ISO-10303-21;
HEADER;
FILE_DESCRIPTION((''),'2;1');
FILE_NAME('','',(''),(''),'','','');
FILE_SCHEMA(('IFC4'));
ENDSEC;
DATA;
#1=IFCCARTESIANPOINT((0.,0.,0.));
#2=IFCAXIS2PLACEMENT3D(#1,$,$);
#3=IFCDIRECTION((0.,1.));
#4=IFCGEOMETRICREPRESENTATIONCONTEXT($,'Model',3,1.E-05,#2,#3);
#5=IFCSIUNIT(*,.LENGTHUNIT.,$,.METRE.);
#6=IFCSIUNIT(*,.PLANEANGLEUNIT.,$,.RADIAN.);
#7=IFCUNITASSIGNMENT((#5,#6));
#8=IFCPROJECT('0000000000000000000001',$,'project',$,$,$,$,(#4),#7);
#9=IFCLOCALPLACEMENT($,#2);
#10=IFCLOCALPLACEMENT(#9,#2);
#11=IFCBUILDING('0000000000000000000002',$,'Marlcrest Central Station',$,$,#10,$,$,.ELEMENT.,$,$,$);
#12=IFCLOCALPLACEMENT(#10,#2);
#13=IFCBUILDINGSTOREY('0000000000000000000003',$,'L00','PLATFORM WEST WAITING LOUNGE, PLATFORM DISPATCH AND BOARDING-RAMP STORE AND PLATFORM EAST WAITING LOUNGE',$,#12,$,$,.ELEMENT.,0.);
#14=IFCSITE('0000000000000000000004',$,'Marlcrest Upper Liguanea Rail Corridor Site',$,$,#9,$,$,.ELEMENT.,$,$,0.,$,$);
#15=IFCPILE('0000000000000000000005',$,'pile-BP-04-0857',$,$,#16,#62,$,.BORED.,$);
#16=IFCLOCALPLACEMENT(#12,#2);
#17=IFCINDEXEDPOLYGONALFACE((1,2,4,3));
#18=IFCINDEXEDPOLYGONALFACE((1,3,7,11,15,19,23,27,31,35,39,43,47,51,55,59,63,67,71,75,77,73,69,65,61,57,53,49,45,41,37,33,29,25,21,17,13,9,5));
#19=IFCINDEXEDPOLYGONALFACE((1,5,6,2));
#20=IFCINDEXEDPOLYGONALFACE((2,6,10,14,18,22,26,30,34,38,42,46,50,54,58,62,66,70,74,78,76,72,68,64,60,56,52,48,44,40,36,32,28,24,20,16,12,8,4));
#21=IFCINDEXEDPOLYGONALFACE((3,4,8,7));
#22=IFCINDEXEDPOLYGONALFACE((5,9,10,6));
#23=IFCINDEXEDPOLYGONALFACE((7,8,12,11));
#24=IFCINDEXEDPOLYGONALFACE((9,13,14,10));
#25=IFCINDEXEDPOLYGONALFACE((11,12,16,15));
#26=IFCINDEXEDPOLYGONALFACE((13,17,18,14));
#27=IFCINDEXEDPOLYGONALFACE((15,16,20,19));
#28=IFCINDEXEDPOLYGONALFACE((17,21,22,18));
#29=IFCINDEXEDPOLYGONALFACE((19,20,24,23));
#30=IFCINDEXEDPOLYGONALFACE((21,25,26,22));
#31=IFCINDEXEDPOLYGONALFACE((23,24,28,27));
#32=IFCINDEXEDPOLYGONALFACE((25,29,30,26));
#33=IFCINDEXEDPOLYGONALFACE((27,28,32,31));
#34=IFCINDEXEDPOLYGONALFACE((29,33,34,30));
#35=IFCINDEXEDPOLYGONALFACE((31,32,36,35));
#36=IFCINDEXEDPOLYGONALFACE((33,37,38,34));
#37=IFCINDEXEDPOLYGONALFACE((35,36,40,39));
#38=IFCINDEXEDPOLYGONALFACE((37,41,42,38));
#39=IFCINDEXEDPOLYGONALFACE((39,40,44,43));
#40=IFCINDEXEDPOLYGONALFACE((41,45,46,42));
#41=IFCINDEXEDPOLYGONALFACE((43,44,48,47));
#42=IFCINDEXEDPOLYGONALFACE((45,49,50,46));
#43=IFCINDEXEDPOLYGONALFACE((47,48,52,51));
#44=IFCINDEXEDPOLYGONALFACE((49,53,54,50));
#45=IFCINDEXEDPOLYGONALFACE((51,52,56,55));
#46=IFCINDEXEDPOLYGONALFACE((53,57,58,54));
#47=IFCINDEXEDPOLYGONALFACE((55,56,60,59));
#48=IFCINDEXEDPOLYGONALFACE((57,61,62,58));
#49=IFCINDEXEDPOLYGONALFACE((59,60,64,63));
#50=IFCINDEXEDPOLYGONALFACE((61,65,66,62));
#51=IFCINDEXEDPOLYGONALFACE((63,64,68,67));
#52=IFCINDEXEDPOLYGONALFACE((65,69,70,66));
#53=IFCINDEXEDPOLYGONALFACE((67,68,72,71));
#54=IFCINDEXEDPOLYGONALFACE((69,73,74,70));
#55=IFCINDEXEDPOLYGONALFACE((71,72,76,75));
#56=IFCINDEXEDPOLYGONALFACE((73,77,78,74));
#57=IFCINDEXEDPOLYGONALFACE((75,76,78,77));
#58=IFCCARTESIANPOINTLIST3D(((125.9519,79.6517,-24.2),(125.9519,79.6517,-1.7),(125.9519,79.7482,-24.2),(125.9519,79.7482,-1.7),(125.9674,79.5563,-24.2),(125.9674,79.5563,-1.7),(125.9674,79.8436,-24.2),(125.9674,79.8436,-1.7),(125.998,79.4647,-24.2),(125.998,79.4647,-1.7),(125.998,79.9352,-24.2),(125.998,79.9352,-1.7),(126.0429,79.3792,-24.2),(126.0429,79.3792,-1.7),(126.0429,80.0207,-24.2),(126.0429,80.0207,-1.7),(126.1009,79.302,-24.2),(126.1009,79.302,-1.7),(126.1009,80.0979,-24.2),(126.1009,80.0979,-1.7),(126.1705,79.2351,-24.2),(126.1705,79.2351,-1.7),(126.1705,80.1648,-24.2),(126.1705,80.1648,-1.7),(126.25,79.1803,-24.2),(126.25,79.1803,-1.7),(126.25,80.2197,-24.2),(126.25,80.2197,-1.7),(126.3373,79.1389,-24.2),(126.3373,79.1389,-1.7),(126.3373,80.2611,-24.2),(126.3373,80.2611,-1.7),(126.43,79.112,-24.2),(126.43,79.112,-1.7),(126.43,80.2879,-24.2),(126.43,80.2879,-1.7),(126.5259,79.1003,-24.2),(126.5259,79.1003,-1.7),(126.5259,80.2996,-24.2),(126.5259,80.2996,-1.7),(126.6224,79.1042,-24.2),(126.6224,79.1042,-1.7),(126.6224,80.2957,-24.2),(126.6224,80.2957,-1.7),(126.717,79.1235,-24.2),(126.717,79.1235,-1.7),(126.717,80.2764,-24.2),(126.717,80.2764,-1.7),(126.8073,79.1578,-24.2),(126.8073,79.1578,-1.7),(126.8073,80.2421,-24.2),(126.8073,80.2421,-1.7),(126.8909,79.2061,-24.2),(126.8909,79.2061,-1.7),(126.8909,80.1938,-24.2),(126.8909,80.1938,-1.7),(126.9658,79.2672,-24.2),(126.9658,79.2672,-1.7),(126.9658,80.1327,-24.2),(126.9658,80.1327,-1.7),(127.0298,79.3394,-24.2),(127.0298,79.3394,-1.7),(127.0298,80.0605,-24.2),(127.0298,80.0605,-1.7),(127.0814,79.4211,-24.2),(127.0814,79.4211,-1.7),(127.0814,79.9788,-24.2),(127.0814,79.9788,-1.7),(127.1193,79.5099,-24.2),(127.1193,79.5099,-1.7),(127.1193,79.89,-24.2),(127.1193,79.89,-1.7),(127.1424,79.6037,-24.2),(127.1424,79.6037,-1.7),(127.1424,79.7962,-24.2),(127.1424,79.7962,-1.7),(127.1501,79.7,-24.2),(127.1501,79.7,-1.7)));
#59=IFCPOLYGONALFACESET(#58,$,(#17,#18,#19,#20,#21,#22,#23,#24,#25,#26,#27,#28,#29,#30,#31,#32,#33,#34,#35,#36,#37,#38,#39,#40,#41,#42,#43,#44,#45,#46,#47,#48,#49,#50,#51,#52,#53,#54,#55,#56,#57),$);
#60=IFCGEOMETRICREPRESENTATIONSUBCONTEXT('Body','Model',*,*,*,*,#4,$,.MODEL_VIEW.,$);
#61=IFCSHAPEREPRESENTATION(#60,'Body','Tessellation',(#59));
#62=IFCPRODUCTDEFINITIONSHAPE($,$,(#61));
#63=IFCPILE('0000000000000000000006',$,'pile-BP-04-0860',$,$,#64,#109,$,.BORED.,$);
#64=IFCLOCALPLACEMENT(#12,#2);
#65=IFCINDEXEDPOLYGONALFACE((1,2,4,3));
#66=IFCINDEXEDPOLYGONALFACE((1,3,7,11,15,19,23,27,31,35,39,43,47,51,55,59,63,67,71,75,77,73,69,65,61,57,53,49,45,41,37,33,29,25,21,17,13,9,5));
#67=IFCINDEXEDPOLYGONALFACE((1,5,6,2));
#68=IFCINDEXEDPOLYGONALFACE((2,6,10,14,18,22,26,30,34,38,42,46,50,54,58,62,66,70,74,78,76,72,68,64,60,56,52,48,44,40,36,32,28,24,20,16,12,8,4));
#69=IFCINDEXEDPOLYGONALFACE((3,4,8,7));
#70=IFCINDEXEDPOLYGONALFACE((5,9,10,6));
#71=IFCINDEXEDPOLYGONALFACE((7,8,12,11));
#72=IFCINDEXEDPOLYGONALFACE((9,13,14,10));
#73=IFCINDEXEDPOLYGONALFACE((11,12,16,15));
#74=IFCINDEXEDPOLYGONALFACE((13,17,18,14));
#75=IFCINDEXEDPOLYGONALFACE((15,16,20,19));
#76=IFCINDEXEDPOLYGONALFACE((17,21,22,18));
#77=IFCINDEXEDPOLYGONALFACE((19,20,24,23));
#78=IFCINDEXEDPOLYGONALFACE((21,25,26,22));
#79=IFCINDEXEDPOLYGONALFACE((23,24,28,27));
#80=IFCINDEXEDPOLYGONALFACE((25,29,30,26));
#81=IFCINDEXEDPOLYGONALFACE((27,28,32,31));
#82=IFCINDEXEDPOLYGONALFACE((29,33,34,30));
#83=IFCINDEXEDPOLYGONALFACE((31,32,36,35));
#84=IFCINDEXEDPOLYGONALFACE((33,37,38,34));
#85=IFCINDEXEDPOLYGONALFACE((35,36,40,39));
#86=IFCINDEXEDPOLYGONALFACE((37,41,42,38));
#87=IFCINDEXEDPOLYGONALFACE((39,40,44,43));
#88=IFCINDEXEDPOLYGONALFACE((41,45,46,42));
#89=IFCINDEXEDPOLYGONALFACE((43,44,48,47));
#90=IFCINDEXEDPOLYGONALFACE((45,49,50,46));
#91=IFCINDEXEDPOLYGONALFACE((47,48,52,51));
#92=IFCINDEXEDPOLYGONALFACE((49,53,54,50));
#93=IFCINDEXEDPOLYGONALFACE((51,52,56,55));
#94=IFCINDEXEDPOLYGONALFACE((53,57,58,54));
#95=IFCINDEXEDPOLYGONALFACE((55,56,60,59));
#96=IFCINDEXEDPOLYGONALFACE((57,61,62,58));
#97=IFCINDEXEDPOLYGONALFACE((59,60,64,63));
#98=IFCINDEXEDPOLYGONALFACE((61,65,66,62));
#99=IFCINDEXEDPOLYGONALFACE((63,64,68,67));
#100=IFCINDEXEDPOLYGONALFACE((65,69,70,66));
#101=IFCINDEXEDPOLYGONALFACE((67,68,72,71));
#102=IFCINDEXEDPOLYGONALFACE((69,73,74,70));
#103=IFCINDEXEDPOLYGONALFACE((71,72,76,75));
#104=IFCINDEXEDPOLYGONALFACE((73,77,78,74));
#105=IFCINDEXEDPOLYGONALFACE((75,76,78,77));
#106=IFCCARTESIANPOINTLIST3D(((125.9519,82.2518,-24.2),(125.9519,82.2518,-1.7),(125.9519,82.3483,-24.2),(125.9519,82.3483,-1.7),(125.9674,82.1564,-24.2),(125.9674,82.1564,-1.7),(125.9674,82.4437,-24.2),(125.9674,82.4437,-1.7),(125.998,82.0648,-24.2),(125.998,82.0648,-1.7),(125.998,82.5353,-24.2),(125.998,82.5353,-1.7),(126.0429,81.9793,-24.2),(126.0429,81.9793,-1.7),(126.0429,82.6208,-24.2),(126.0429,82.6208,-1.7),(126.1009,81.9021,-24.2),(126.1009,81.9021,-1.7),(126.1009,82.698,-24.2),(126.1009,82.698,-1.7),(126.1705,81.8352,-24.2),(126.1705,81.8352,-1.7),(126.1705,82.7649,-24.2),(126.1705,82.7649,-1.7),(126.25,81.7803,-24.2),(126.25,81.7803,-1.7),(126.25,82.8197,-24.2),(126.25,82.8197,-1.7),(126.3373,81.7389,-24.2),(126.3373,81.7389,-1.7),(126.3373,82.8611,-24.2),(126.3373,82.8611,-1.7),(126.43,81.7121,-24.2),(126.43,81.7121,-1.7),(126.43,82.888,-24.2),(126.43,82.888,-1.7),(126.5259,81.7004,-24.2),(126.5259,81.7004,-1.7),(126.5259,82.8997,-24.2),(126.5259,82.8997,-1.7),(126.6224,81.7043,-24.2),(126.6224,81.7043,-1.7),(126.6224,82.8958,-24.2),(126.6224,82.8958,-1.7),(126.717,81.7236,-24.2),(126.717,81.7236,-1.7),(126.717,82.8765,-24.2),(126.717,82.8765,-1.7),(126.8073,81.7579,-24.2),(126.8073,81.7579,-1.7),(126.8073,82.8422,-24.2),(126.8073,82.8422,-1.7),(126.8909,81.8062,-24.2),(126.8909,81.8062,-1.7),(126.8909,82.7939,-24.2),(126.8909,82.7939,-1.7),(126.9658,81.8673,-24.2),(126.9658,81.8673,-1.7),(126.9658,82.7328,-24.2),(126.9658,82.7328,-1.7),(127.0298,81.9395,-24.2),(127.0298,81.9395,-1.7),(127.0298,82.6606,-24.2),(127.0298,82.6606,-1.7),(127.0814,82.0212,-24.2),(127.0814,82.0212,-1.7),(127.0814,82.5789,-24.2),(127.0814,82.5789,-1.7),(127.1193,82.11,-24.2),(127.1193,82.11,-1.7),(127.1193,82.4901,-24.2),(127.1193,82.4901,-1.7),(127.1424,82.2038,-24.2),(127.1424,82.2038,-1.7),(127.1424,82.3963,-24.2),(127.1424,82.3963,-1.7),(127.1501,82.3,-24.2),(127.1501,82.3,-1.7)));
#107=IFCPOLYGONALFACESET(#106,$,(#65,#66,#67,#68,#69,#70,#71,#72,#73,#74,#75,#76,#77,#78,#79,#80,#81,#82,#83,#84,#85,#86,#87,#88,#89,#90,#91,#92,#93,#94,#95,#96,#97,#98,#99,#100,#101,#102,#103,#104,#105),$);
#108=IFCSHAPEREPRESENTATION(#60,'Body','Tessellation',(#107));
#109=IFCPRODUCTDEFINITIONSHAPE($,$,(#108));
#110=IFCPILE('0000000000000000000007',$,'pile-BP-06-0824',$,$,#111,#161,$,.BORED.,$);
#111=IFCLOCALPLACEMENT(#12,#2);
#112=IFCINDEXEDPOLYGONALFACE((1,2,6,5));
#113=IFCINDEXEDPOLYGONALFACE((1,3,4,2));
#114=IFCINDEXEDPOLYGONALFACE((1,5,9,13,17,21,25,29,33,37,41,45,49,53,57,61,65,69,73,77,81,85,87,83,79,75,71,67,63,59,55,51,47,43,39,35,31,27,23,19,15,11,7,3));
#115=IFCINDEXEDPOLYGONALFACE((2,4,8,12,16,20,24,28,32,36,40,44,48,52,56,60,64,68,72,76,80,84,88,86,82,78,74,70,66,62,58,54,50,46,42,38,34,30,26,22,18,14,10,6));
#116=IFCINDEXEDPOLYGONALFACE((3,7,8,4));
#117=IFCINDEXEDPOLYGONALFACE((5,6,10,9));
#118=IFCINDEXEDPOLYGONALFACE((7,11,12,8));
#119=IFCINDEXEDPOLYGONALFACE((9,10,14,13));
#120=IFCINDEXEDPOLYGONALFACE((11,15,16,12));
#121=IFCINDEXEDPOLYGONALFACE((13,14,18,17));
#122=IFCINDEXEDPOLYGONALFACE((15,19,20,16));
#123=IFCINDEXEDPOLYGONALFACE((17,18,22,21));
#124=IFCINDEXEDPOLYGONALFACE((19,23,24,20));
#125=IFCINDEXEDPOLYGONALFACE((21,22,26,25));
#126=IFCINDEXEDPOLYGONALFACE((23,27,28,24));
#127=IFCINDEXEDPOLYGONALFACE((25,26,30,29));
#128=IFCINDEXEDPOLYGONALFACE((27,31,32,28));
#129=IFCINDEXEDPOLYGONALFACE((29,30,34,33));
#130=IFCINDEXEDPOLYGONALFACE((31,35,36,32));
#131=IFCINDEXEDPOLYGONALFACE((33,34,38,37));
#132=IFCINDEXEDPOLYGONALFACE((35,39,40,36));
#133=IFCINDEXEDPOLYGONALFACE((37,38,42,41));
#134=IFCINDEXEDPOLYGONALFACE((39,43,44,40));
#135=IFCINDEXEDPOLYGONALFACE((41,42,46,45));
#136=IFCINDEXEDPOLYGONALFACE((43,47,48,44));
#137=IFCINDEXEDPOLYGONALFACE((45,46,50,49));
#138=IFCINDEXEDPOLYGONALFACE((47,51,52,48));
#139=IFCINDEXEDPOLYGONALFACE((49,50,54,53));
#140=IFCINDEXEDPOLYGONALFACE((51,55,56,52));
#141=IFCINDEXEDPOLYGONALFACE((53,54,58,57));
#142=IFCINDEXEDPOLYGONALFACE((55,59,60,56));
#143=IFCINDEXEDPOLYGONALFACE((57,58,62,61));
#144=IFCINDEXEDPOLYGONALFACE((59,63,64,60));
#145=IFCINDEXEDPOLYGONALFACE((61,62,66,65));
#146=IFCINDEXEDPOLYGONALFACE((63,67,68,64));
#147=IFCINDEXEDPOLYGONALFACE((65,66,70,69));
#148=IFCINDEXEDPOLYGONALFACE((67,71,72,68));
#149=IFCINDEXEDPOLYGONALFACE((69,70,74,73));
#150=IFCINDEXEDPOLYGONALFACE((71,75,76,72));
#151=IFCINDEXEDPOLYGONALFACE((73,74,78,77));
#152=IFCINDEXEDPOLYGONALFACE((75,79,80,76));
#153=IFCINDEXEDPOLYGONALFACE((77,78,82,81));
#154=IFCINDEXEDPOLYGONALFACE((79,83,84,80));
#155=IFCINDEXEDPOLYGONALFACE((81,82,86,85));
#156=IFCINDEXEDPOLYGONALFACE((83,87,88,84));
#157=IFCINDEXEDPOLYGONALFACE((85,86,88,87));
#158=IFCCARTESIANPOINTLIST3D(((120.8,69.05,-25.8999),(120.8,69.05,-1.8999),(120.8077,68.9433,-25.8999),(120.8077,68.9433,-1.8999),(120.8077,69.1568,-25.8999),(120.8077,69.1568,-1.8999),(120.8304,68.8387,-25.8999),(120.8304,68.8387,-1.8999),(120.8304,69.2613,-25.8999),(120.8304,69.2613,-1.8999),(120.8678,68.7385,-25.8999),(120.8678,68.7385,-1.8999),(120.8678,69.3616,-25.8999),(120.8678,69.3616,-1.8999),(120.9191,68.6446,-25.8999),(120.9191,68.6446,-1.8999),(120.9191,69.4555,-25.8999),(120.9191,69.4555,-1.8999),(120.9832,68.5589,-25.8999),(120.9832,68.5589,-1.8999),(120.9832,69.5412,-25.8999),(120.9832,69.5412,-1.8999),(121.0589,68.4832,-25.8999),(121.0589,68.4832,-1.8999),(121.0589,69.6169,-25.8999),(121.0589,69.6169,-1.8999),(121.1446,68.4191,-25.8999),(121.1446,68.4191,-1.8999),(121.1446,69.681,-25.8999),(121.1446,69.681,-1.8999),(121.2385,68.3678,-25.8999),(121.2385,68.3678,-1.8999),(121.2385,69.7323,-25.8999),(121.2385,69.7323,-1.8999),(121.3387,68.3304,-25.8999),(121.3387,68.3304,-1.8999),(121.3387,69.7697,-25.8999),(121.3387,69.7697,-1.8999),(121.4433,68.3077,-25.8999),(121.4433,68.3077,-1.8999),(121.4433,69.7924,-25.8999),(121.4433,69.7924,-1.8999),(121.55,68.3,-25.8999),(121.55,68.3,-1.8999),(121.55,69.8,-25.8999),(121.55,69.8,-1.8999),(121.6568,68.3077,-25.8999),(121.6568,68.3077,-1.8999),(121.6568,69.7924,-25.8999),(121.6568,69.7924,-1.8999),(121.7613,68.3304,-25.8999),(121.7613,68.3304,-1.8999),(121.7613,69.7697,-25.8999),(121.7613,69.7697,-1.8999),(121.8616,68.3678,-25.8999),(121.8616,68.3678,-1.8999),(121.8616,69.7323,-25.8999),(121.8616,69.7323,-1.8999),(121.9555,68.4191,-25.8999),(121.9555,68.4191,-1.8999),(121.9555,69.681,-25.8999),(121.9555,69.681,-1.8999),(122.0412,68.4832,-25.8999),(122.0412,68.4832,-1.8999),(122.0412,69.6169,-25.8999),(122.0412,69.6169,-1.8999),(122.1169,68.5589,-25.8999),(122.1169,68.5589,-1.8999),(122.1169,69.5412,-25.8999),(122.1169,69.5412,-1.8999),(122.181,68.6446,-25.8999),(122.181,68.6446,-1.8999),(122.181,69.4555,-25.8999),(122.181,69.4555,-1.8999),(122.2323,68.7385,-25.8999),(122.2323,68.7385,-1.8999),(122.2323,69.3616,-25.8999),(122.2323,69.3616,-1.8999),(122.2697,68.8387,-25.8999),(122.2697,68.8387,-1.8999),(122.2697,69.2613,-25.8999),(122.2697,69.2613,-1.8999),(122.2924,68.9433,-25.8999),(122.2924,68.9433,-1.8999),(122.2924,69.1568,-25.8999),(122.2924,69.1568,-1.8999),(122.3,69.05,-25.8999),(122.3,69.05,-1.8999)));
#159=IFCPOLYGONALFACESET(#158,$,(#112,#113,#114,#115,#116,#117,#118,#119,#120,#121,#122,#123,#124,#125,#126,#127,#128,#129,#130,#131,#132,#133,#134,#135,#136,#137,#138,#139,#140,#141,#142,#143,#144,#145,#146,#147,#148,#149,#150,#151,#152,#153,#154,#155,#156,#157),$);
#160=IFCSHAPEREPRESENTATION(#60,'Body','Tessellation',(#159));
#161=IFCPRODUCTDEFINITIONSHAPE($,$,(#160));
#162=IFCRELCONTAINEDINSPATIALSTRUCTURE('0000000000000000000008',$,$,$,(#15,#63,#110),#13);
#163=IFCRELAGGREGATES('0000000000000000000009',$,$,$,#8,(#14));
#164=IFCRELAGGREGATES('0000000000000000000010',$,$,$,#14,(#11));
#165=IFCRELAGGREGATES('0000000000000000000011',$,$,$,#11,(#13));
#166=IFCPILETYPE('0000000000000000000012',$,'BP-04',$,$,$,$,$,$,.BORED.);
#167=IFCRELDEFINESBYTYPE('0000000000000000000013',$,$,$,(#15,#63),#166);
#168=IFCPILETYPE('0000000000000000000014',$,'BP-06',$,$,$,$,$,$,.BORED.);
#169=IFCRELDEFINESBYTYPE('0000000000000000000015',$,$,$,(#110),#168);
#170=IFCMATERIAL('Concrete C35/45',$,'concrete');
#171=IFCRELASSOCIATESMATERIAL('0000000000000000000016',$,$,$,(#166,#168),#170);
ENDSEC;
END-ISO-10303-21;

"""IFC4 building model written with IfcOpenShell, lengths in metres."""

from ifc_helpers import new_model, si_unit, direction, frame, origin, origin_2d, place, context, subcontext, project, spatial, circle, extrude, material, material_profile, profile_set, type_object, element, save


model = new_model("IFC4")

# Units and contexts
model_context = context("Model", 3, precision=1e-05, world=origin(), true_north=direction((0.0, 1.0)))
body_context = subcontext(model_context, "Body", "Model", "MODEL_VIEW")
ifc_project = project(units=[si_unit("LENGTHUNIT", "METRE"), si_unit("PLANEANGLEUNIT", "RADIAN")], contexts=[model_context])

# Site, building, storey
site_placement = place(None, origin())
site = spatial("IfcSite", under=ifc_project, at=site_placement, Name="Marlcrest Upper Liguanea Rail Corridor Site", CompositionType="ELEMENT", RefElevation=0.0)
building_placement = place(site_placement, origin())
building = spatial("IfcBuilding", under=site, at=building_placement, Name="Marlcrest Central Station", CompositionType="ELEMENT")
storey_placement = place(building_placement, origin())
storey = spatial("IfcBuildingStorey", under=building, at=storey_placement, Name="L00", Description="PLATFORM WEST WAITING LOUNGE, PLATFORM DISPATCH AND BOARDING-RAMP STORE AND PLATFORM EAST WAITING LOUNGE", CompositionType="ELEMENT", Elevation=0.0)

# Piles
ifc_material_1 = material(Name="Concrete C35/45", Category="concrete")
ifc_material_profile_1 = material_profile(ifc_material_1, circle(Radius=0.6001, at=origin_2d()), Name="PILE D1200")
ifc_profile_set_1 = profile_set([ifc_material_profile_1], Name="Concrete C35/45")
pile_type_1 = type_object("IfcPileType", Name="BP-04", PredefinedType="BORED", material=ifc_profile_set_1)
for number, where, z_axis, x_axis, name in (
    (1, (126.55, 79.7, -1.7), (0.0, 0.0, -1.0), (1.0, 0.0, 0.0), "pile-BP-04-0857"),
    (2, (126.55, 82.3, -1.7), (0.0, 0.0, -1.0), (1.0, 0.0, 0.0), "pile-BP-04-0860"),
):
    element("IfcPile", number, at=place(storey_placement, frame(where, z_axis=z_axis, x_axis=x_axis)), inside=storey, type_object=pile_type_1, Name=name, PredefinedType="BORED", context=body_context, shape_type="SweptSolid", body=[
        extrude(circle(Radius=0.6001, at=origin_2d()), origin(), (0.0, 0.0, 1.0), 22.5),
    ])
ifc_material_profile_2 = material_profile(ifc_material_1, circle(Radius=0.75, at=origin_2d()), Name="PILE D1500")
ifc_profile_set_2 = profile_set([ifc_material_profile_2], Name="Concrete C35/45")
pile_type_2 = type_object("IfcPileType", Name="BP-06", PredefinedType="BORED", material=ifc_profile_set_2)
for number, where, z_axis, x_axis, name in (
    (3, (121.55, 69.05, -1.8999), (0.0, 0.0, -1.0), (1.0, 0.0, 0.0), "pile-BP-06-0824"),
):
    element("IfcPile", number, at=place(storey_placement, frame(where, z_axis=z_axis, x_axis=x_axis)), inside=storey, type_object=pile_type_2, Name=name, PredefinedType="BORED", context=body_context, shape_type="SweptSolid", body=[
        extrude(circle(Radius=0.75, at=origin_2d()), origin(), (0.0, 0.0, 1.0), 24.0),
    ])

save(model, "model.ifc")
